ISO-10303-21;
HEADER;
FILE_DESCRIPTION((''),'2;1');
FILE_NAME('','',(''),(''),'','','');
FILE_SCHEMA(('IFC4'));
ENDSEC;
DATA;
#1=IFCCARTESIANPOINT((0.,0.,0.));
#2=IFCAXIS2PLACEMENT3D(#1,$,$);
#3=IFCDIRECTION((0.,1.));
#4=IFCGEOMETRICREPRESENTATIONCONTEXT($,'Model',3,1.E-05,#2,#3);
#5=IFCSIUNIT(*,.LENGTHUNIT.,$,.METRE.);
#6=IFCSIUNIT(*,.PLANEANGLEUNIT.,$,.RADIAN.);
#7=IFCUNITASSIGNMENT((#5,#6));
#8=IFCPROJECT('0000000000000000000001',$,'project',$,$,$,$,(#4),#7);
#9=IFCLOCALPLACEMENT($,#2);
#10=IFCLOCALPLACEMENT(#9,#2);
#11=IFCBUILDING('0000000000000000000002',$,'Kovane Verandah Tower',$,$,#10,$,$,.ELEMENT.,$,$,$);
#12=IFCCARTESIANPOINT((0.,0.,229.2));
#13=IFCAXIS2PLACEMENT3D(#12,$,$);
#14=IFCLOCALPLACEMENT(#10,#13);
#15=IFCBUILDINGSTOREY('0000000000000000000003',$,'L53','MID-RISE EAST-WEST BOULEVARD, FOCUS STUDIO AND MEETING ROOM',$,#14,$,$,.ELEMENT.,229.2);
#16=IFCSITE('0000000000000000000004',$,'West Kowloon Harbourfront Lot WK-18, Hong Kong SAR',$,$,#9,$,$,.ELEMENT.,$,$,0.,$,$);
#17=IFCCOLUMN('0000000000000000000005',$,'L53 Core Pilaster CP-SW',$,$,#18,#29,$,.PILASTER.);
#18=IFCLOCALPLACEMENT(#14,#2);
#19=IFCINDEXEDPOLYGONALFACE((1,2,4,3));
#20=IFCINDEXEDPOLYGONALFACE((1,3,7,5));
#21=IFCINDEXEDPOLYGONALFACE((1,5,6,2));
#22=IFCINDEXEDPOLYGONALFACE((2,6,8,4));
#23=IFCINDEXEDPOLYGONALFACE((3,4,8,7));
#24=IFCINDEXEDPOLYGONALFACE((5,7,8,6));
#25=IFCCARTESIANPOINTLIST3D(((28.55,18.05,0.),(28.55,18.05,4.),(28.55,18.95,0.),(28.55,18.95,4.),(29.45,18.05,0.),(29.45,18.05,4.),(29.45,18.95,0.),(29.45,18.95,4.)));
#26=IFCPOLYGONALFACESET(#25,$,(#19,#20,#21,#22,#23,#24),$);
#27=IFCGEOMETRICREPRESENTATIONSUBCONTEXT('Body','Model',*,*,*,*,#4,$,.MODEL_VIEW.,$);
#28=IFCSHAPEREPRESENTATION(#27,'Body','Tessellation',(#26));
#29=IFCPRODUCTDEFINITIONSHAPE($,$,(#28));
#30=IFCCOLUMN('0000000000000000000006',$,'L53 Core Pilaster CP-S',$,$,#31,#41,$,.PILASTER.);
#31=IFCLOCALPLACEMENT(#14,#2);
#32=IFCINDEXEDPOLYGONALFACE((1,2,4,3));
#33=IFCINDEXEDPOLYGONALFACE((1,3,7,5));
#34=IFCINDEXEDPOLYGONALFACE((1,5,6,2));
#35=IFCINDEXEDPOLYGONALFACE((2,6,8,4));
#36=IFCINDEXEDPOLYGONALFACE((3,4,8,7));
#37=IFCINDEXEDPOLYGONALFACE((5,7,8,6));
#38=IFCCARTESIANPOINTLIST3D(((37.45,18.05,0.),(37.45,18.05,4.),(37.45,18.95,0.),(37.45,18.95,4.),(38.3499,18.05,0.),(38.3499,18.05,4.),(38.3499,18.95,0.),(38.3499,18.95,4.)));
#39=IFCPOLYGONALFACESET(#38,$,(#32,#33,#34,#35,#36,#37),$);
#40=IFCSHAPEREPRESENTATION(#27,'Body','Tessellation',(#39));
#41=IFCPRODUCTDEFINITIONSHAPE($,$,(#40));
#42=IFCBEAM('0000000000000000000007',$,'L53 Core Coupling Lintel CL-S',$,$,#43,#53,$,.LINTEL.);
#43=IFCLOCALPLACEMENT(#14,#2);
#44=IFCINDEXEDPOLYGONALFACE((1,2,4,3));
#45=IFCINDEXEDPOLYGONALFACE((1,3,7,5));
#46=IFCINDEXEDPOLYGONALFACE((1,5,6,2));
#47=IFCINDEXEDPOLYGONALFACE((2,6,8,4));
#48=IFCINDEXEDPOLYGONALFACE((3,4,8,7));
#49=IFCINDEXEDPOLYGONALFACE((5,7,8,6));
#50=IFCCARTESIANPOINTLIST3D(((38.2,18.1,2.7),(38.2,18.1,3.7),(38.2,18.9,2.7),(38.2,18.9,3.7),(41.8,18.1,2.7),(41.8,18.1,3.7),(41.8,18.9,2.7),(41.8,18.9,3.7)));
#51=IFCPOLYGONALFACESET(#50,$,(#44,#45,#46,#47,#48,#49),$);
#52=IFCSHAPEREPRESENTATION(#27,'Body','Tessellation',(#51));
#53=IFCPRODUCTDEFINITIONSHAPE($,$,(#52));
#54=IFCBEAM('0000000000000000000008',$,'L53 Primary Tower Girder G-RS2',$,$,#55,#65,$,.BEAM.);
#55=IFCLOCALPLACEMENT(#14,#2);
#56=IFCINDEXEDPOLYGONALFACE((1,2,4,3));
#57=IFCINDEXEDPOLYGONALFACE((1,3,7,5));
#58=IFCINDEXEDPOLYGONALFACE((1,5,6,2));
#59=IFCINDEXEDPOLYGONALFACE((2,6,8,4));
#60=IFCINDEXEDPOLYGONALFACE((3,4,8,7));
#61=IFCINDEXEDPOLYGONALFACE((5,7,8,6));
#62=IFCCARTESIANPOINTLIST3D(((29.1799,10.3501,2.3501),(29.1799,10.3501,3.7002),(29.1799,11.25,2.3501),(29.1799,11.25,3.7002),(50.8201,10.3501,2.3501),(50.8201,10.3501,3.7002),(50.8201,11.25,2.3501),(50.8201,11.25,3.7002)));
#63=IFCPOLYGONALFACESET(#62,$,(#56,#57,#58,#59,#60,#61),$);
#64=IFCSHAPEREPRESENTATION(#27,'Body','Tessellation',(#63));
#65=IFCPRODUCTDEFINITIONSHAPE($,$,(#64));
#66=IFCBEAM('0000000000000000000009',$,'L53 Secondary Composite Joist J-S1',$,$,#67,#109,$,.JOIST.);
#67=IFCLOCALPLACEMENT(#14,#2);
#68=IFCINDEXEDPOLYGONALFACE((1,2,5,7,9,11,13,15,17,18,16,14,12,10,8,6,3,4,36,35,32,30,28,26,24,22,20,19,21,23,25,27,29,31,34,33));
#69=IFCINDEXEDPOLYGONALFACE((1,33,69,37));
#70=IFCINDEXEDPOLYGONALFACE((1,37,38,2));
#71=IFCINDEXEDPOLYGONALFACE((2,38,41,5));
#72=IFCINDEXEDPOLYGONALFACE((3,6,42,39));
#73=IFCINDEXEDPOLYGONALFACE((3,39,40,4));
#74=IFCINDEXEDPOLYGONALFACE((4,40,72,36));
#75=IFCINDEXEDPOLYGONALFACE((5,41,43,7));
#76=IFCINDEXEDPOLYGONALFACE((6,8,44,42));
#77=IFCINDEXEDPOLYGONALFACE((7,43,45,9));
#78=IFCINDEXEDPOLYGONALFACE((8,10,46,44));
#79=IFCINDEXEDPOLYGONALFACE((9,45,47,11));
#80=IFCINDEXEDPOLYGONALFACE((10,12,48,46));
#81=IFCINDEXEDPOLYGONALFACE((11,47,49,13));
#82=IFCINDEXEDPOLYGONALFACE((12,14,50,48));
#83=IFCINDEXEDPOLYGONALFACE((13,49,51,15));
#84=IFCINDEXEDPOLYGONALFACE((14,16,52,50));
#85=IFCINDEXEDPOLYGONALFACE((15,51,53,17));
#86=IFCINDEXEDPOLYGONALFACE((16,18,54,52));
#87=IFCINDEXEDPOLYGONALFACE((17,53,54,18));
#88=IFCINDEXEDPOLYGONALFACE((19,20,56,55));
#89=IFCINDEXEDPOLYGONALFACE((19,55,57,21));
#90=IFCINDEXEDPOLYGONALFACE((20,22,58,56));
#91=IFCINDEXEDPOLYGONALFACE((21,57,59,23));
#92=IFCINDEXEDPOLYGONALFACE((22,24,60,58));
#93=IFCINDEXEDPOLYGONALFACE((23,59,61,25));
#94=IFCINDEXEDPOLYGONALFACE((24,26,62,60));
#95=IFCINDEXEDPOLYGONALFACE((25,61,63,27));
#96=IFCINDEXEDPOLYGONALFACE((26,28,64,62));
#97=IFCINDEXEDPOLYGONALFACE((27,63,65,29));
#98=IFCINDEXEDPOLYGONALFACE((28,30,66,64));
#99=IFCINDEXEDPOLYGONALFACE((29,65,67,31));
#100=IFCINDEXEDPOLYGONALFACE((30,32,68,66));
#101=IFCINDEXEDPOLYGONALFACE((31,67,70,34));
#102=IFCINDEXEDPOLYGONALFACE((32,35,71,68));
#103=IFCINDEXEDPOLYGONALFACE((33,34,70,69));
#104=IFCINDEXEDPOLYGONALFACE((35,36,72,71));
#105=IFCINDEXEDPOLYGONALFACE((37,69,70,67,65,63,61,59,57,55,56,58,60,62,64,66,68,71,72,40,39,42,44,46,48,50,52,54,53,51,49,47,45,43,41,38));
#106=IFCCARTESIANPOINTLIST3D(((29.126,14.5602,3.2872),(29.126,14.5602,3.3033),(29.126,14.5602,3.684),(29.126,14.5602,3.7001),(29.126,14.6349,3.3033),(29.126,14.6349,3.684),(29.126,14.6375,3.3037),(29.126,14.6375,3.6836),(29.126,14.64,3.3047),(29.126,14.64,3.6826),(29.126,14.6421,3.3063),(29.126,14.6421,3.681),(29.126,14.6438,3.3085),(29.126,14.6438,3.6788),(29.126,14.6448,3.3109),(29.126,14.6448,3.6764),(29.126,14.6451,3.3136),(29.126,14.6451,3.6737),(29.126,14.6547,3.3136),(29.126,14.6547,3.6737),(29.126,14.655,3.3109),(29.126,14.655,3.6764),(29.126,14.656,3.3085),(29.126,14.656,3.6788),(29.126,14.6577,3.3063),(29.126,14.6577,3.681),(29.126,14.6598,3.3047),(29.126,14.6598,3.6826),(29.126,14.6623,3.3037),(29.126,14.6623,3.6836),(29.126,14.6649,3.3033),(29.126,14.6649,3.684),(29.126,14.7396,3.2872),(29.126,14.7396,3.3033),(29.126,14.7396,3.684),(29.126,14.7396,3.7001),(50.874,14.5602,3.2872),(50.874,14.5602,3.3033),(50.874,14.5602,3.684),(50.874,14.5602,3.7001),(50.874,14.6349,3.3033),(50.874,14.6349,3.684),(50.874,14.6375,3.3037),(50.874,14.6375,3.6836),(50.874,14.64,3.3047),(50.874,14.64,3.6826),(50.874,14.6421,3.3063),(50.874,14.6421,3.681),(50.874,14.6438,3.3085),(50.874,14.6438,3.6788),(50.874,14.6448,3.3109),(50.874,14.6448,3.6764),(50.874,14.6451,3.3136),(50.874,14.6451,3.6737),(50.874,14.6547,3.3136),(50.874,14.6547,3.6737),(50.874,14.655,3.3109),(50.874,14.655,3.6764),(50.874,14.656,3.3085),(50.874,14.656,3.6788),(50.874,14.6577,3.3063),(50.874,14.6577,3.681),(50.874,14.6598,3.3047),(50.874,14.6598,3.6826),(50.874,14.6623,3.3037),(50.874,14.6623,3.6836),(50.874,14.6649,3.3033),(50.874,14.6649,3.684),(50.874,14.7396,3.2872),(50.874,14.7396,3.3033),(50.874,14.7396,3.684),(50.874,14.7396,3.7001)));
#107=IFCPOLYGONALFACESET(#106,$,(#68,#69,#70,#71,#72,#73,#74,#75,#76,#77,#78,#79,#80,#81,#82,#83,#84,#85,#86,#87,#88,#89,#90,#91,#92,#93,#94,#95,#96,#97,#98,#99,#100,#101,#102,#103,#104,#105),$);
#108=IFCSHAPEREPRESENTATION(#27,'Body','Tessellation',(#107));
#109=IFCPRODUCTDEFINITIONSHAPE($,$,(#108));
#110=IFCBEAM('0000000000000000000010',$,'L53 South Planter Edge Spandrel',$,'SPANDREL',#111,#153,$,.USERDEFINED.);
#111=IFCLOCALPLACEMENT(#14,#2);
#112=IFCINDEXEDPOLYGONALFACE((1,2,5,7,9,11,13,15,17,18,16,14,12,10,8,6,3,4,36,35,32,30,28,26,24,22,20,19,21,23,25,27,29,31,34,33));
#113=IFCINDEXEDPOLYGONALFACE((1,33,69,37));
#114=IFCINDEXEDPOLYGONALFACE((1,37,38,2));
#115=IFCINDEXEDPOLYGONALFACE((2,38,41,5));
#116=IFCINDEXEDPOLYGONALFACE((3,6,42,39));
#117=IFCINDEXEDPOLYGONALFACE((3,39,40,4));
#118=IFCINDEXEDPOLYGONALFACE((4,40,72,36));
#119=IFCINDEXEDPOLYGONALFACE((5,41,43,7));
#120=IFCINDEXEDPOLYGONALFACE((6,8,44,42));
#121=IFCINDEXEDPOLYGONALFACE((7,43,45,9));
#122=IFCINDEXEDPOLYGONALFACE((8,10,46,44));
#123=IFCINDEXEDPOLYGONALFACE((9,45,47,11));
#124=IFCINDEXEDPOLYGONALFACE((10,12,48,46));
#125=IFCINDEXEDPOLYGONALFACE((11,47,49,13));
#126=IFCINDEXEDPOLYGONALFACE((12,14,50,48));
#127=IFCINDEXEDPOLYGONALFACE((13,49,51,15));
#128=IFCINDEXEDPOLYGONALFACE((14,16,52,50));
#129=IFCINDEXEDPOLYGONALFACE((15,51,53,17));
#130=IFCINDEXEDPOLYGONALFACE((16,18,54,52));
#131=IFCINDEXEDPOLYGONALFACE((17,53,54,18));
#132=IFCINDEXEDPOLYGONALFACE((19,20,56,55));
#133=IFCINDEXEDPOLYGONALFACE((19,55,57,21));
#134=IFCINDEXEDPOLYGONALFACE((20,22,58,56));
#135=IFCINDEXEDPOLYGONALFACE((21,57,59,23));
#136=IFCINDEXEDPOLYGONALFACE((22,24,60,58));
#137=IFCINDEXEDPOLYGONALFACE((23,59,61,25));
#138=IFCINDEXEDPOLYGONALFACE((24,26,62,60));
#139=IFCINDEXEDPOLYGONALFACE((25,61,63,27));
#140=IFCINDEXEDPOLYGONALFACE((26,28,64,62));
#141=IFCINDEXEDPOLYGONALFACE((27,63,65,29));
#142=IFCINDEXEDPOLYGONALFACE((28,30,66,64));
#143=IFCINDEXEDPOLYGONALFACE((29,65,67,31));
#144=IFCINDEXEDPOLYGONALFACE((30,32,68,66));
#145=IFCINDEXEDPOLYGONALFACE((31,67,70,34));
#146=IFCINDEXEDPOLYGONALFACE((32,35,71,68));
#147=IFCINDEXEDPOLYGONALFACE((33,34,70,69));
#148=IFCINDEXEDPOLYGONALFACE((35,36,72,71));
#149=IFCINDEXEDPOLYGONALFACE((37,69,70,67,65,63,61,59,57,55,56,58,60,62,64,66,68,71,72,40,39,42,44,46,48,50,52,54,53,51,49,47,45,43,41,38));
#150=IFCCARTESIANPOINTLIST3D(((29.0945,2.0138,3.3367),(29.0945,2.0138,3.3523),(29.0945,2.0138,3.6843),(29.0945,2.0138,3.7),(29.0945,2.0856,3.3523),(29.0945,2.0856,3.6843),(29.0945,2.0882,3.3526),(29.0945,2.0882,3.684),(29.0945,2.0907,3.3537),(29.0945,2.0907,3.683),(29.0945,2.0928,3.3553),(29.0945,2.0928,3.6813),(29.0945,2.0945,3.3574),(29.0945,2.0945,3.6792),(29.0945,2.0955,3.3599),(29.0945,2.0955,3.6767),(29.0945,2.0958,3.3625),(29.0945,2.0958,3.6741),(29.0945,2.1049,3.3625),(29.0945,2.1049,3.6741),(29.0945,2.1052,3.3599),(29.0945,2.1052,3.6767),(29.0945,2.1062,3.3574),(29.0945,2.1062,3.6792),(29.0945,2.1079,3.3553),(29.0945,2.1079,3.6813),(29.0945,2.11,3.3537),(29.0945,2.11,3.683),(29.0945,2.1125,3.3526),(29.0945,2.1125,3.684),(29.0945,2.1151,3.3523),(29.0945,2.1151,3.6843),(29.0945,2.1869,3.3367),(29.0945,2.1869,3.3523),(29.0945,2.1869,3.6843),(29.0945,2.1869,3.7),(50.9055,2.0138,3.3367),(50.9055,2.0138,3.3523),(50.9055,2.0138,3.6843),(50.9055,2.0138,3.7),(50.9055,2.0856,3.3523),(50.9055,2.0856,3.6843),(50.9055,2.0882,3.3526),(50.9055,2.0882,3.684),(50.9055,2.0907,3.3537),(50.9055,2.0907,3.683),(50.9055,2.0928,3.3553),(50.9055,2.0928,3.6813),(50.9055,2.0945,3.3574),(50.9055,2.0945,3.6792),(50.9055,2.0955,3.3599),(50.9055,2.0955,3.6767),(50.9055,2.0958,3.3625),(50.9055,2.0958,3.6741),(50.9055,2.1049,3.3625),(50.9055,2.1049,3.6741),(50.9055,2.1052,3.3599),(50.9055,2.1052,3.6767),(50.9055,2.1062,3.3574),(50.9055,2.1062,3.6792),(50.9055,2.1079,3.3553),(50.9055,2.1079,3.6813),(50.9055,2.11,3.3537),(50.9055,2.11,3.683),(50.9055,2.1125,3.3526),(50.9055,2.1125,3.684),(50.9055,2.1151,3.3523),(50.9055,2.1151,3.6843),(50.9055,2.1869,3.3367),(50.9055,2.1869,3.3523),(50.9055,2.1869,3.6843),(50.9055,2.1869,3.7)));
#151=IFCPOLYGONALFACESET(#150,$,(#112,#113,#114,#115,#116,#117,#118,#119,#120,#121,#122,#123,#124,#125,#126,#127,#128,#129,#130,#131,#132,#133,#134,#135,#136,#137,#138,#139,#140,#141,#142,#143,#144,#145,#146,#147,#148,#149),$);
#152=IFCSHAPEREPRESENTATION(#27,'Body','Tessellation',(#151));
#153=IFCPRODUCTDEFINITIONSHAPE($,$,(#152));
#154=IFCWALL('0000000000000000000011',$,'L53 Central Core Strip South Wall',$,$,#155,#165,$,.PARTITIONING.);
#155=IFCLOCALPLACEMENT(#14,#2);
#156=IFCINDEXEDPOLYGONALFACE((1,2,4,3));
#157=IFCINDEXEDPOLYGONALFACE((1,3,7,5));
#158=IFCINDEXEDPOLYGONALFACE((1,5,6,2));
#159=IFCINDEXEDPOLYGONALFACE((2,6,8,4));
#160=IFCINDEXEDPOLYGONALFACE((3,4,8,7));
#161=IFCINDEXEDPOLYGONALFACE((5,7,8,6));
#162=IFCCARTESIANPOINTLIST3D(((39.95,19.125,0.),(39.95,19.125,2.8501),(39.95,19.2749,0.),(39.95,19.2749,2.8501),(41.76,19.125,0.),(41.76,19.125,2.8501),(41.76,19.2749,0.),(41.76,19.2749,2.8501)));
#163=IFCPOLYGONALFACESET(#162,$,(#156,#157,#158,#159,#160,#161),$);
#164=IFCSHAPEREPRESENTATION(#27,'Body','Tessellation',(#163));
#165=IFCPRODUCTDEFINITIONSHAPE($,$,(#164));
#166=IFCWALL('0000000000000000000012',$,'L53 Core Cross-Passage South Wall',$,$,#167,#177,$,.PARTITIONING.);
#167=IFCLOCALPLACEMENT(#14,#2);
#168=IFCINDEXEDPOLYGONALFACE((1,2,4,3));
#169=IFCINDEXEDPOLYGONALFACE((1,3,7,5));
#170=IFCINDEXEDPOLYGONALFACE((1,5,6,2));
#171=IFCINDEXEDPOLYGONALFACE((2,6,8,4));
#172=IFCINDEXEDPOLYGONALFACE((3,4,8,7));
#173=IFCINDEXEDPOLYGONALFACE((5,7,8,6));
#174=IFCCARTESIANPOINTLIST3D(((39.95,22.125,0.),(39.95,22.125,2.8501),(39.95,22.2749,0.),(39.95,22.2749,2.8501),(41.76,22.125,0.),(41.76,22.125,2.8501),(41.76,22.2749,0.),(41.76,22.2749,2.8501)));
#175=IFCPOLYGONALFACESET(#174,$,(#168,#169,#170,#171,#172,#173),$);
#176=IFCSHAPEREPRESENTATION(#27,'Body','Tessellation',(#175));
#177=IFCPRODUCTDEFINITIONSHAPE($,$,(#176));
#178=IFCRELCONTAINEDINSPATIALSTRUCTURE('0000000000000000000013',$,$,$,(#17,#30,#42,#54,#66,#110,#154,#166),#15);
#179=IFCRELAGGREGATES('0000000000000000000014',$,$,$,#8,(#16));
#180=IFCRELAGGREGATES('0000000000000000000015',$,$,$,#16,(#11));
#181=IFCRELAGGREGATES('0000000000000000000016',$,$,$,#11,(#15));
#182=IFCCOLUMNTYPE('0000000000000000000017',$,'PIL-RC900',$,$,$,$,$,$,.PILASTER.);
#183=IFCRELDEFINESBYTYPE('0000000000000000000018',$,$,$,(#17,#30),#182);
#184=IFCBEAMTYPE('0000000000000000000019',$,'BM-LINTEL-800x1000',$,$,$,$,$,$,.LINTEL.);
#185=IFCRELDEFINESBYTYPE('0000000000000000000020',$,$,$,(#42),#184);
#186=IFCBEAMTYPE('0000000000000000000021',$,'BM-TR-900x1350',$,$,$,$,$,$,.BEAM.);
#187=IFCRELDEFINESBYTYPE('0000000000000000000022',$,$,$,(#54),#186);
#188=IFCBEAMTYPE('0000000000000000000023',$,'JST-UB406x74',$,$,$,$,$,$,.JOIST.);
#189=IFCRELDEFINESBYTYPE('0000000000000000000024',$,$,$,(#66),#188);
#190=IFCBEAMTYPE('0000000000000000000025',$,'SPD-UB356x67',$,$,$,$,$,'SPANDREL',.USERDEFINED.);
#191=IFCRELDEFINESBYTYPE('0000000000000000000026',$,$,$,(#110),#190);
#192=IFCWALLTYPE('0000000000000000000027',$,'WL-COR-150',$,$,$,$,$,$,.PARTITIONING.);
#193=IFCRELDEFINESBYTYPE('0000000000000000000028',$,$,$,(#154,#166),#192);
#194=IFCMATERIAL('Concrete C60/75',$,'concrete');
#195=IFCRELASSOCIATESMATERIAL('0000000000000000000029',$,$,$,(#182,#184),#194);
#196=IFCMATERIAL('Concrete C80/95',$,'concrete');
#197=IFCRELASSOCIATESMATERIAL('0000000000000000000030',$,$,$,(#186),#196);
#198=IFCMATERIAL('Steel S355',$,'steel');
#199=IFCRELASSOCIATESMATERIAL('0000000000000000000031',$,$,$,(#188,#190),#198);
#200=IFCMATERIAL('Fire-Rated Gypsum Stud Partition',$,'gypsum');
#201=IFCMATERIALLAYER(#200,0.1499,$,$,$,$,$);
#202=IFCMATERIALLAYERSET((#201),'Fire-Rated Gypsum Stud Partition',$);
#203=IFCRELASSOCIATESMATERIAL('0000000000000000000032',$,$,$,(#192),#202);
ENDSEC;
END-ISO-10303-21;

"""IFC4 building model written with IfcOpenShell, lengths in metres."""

from ifc_helpers import new_model, si_unit, direction, frame, frame_2d, origin, origin_2d, place, context, subcontext, project, spatial, rectangle, i_section, extrude, material, layer, layer_set, material_profile, profile_set, type_object, element, save


model = new_model("IFC4")

# Units and contexts
model_context = context("Model", 3, precision=1e-05, world=origin(), true_north=direction((0.0, 1.0)))
body_context = subcontext(model_context, "Body", "Model", "MODEL_VIEW")
ifc_project = project(units=[si_unit("LENGTHUNIT", "METRE"), si_unit("PLANEANGLEUNIT", "RADIAN")], contexts=[model_context])

# Site, building, storey
site_placement = place(None, origin())
site = spatial("IfcSite", under=ifc_project, at=site_placement, Name="West Kowloon Harbourfront Lot WK-18, Hong Kong SAR", CompositionType="ELEMENT", RefElevation=0.0)
building_placement = place(site_placement, origin())
building = spatial("IfcBuilding", under=site, at=building_placement, Name="Kovane Verandah Tower", CompositionType="ELEMENT")
storey_placement = place(building_placement, frame((0.0, 0.0, 229.2)))
storey = spatial("IfcBuildingStorey", under=building, at=storey_placement, Name="L53", Description="MID-RISE EAST-WEST BOULEVARD, FOCUS STUDIO AND MEETING ROOM", CompositionType="ELEMENT", Elevation=229.2)

# Columns
ifc_material_1 = material(Name="Concrete C60/75", Category="concrete")
ifc_material_profile_1 = material_profile(ifc_material_1, rectangle(XDim=0.8999, YDim=0.8999, at=origin_2d()), Name="RC900x900")
ifc_profile_set_1 = profile_set([ifc_material_profile_1], Name="Concrete C60/75")
column_type = type_object("IfcColumnType", Name="PIL-RC900", PredefinedType="PILASTER", material=ifc_profile_set_1)
for number, where, z_axis, x_axis, name in (
    (1, (29.0, 18.5, 0.0), (0.0, 0.0, 1.0), (1.0, 0.0, 0.0), "L53 Core Pilaster CP-SW"),
    (2, (37.8999, 18.5, 0.0), (0.0, 0.0, 1.0), (1.0, 0.0, 0.0), "L53 Core Pilaster CP-S"),
):
    element("IfcColumn", number, at=place(storey_placement, frame(where, z_axis=z_axis, x_axis=x_axis)), inside=storey, type_object=column_type, Name=name, PredefinedType="PILASTER", context=body_context, shape_type="SweptSolid", body=[
        extrude(rectangle(XDim=0.8999, YDim=0.8999, at=origin_2d()), origin(), (0.0, 0.0, 1.0), 4.0),
    ])

# Beams
ifc_material_profile_2 = material_profile(ifc_material_1, rectangle(XDim=0.8, YDim=1.0, at=origin_2d()), Name="RCB800x1000")
ifc_profile_set_2 = profile_set([ifc_material_profile_2], Name="Concrete C60/75")
beam_type_1 = type_object("IfcBeamType", Name="BM-LINTEL-800x1000", PredefinedType="LINTEL", material=ifc_profile_set_2)
beam_1_placement = place(storey_placement, frame((38.2, 18.5, 3.2), z_axis=(1.0, 0.0, 0.0), x_axis=(0.0, 1.0, 0.0)))
element("IfcBeam", 3, at=beam_1_placement, inside=storey, type_object=beam_type_1, Name="L53 Core Coupling Lintel CL-S", PredefinedType="LINTEL", context=body_context, shape_type="SweptSolid", body=[
    extrude(rectangle(XDim=0.8, YDim=1.0, at=origin_2d()), origin(), (0.0, 0.0, 1.0), 3.6001),
])
ifc_material_2 = material(Name="Concrete C80/95", Category="concrete")
ifc_material_profile_3 = material_profile(ifc_material_2, rectangle(XDim=0.8999, YDim=1.3501, at=origin_2d()), Name="RCB900x1350")
ifc_profile_set_3 = profile_set([ifc_material_profile_3], Name="Concrete C80/95")
beam_type_2 = type_object("IfcBeamType", Name="BM-TR-900x1350", PredefinedType="BEAM", material=ifc_profile_set_3)
beam_2_placement = place(storey_placement, frame((29.1799, 10.8, 3.0251), z_axis=(1.0, 0.0, 0.0), x_axis=(0.0, 1.0, 0.0)))
element("IfcBeam", 4, at=beam_2_placement, inside=storey, type_object=beam_type_2, Name="L53 Primary Tower Girder G-RS2", PredefinedType="BEAM", context=body_context, shape_type="SweptSolid", body=[
    extrude(rectangle(XDim=0.8999, YDim=1.3501, at=origin_2d()), origin(), (0.0, 0.0, 1.0), 21.6401),
])
ifc_material_3 = material(Name="Steel S355", Category="steel")
ifc_material_profile_4 = material_profile(ifc_material_3, i_section(OverallWidth=0.1794, OverallDepth=0.4128, WebThickness=0.0095, FlangeThickness=0.0161, FilletRadius=0.0103, at=origin_2d()), Name="UB406x178x74")
ifc_profile_set_4 = profile_set([ifc_material_profile_4], Name="Steel S355")
beam_type_3 = type_object("IfcBeamType", Name="JST-UB406x74", PredefinedType="JOIST", material=ifc_profile_set_4)
beam_3_placement = place(storey_placement, frame((29.126, 14.6499, 3.4937), z_axis=(1.0, 0.0, 0.0), x_axis=(0.0, 1.0, 0.0)))
element("IfcBeam", 5, at=beam_3_placement, inside=storey, type_object=beam_type_3, Name="L53 Secondary Composite Joist J-S1", PredefinedType="JOIST", context=body_context, shape_type="SweptSolid", body=[
    extrude(i_section(OverallWidth=0.1794, OverallDepth=0.4128, WebThickness=0.0095, FlangeThickness=0.0161, FilletRadius=0.0103, at=origin_2d()), origin(), (0.0, 0.0, 1.0), 21.748),
])
ifc_material_profile_5 = material_profile(ifc_material_3, i_section(OverallWidth=0.1731, OverallDepth=0.3633, WebThickness=0.009, FlangeThickness=0.0156, FilletRadius=0.0103, at=origin_2d()), Name="UB356x171x67")
ifc_profile_set_5 = profile_set([ifc_material_profile_5], Name="Steel S355")
beam_type_4 = type_object("IfcBeamType", Name="SPD-UB356x67", ElementType="SPANDREL", PredefinedType="USERDEFINED", material=ifc_profile_set_5)
beam_4_placement = place(storey_placement, frame((29.0945, 2.1003, 3.5183), z_axis=(1.0, 0.0, 0.0), x_axis=(0.0, 1.0, 0.0)))
element("IfcBeam", 6, at=beam_4_placement, inside=storey, type_object=beam_type_4, Name="L53 South Planter Edge Spandrel", ObjectType="SPANDREL", PredefinedType="USERDEFINED", context=body_context, shape_type="SweptSolid", body=[
    extrude(i_section(OverallWidth=0.1731, OverallDepth=0.3633, WebThickness=0.009, FlangeThickness=0.0156, FilletRadius=0.0103, at=origin_2d()), origin(), (0.0, 0.0, 1.0), 21.811),
])

# Walls
ifc_material_4 = material(Name="Fire-Rated Gypsum Stud Partition", Category="gypsum")
ifc_layer_1 = layer(ifc_material_4, 0.1499)
ifc_layer_set_1 = layer_set([ifc_layer_1], Name="Fire-Rated Gypsum Stud Partition")
wall_type_1 = type_object("IfcWallType", Name="WL-COR-150", PredefinedType="PARTITIONING", material=ifc_layer_set_1)
for number, where, z_axis, x_axis, name in (
    (7, (39.95, 19.2, 0.0), (0.0, 0.0, 1.0), (1.0, 0.0, 0.0), "L53 Central Core Strip South Wall"),
    (8, (39.95, 22.2, 0.0), (0.0, 0.0, 1.0), (1.0, 0.0, 0.0), "L53 Core Cross-Passage South Wall"),
):
    element("IfcWall", number, at=place(storey_placement, frame(where, z_axis=z_axis, x_axis=x_axis)), inside=storey, type_object=wall_type_1, Name=name, PredefinedType="PARTITIONING", context=body_context, shape_type="SweptSolid", body=[
        extrude(rectangle(XDim=1.8101, YDim=0.1499, at=frame_2d((0.905, 0.0))), origin(), (0.0, 0.0, 1.0), 2.8501),
    ])

save(model, "model.ifc")
